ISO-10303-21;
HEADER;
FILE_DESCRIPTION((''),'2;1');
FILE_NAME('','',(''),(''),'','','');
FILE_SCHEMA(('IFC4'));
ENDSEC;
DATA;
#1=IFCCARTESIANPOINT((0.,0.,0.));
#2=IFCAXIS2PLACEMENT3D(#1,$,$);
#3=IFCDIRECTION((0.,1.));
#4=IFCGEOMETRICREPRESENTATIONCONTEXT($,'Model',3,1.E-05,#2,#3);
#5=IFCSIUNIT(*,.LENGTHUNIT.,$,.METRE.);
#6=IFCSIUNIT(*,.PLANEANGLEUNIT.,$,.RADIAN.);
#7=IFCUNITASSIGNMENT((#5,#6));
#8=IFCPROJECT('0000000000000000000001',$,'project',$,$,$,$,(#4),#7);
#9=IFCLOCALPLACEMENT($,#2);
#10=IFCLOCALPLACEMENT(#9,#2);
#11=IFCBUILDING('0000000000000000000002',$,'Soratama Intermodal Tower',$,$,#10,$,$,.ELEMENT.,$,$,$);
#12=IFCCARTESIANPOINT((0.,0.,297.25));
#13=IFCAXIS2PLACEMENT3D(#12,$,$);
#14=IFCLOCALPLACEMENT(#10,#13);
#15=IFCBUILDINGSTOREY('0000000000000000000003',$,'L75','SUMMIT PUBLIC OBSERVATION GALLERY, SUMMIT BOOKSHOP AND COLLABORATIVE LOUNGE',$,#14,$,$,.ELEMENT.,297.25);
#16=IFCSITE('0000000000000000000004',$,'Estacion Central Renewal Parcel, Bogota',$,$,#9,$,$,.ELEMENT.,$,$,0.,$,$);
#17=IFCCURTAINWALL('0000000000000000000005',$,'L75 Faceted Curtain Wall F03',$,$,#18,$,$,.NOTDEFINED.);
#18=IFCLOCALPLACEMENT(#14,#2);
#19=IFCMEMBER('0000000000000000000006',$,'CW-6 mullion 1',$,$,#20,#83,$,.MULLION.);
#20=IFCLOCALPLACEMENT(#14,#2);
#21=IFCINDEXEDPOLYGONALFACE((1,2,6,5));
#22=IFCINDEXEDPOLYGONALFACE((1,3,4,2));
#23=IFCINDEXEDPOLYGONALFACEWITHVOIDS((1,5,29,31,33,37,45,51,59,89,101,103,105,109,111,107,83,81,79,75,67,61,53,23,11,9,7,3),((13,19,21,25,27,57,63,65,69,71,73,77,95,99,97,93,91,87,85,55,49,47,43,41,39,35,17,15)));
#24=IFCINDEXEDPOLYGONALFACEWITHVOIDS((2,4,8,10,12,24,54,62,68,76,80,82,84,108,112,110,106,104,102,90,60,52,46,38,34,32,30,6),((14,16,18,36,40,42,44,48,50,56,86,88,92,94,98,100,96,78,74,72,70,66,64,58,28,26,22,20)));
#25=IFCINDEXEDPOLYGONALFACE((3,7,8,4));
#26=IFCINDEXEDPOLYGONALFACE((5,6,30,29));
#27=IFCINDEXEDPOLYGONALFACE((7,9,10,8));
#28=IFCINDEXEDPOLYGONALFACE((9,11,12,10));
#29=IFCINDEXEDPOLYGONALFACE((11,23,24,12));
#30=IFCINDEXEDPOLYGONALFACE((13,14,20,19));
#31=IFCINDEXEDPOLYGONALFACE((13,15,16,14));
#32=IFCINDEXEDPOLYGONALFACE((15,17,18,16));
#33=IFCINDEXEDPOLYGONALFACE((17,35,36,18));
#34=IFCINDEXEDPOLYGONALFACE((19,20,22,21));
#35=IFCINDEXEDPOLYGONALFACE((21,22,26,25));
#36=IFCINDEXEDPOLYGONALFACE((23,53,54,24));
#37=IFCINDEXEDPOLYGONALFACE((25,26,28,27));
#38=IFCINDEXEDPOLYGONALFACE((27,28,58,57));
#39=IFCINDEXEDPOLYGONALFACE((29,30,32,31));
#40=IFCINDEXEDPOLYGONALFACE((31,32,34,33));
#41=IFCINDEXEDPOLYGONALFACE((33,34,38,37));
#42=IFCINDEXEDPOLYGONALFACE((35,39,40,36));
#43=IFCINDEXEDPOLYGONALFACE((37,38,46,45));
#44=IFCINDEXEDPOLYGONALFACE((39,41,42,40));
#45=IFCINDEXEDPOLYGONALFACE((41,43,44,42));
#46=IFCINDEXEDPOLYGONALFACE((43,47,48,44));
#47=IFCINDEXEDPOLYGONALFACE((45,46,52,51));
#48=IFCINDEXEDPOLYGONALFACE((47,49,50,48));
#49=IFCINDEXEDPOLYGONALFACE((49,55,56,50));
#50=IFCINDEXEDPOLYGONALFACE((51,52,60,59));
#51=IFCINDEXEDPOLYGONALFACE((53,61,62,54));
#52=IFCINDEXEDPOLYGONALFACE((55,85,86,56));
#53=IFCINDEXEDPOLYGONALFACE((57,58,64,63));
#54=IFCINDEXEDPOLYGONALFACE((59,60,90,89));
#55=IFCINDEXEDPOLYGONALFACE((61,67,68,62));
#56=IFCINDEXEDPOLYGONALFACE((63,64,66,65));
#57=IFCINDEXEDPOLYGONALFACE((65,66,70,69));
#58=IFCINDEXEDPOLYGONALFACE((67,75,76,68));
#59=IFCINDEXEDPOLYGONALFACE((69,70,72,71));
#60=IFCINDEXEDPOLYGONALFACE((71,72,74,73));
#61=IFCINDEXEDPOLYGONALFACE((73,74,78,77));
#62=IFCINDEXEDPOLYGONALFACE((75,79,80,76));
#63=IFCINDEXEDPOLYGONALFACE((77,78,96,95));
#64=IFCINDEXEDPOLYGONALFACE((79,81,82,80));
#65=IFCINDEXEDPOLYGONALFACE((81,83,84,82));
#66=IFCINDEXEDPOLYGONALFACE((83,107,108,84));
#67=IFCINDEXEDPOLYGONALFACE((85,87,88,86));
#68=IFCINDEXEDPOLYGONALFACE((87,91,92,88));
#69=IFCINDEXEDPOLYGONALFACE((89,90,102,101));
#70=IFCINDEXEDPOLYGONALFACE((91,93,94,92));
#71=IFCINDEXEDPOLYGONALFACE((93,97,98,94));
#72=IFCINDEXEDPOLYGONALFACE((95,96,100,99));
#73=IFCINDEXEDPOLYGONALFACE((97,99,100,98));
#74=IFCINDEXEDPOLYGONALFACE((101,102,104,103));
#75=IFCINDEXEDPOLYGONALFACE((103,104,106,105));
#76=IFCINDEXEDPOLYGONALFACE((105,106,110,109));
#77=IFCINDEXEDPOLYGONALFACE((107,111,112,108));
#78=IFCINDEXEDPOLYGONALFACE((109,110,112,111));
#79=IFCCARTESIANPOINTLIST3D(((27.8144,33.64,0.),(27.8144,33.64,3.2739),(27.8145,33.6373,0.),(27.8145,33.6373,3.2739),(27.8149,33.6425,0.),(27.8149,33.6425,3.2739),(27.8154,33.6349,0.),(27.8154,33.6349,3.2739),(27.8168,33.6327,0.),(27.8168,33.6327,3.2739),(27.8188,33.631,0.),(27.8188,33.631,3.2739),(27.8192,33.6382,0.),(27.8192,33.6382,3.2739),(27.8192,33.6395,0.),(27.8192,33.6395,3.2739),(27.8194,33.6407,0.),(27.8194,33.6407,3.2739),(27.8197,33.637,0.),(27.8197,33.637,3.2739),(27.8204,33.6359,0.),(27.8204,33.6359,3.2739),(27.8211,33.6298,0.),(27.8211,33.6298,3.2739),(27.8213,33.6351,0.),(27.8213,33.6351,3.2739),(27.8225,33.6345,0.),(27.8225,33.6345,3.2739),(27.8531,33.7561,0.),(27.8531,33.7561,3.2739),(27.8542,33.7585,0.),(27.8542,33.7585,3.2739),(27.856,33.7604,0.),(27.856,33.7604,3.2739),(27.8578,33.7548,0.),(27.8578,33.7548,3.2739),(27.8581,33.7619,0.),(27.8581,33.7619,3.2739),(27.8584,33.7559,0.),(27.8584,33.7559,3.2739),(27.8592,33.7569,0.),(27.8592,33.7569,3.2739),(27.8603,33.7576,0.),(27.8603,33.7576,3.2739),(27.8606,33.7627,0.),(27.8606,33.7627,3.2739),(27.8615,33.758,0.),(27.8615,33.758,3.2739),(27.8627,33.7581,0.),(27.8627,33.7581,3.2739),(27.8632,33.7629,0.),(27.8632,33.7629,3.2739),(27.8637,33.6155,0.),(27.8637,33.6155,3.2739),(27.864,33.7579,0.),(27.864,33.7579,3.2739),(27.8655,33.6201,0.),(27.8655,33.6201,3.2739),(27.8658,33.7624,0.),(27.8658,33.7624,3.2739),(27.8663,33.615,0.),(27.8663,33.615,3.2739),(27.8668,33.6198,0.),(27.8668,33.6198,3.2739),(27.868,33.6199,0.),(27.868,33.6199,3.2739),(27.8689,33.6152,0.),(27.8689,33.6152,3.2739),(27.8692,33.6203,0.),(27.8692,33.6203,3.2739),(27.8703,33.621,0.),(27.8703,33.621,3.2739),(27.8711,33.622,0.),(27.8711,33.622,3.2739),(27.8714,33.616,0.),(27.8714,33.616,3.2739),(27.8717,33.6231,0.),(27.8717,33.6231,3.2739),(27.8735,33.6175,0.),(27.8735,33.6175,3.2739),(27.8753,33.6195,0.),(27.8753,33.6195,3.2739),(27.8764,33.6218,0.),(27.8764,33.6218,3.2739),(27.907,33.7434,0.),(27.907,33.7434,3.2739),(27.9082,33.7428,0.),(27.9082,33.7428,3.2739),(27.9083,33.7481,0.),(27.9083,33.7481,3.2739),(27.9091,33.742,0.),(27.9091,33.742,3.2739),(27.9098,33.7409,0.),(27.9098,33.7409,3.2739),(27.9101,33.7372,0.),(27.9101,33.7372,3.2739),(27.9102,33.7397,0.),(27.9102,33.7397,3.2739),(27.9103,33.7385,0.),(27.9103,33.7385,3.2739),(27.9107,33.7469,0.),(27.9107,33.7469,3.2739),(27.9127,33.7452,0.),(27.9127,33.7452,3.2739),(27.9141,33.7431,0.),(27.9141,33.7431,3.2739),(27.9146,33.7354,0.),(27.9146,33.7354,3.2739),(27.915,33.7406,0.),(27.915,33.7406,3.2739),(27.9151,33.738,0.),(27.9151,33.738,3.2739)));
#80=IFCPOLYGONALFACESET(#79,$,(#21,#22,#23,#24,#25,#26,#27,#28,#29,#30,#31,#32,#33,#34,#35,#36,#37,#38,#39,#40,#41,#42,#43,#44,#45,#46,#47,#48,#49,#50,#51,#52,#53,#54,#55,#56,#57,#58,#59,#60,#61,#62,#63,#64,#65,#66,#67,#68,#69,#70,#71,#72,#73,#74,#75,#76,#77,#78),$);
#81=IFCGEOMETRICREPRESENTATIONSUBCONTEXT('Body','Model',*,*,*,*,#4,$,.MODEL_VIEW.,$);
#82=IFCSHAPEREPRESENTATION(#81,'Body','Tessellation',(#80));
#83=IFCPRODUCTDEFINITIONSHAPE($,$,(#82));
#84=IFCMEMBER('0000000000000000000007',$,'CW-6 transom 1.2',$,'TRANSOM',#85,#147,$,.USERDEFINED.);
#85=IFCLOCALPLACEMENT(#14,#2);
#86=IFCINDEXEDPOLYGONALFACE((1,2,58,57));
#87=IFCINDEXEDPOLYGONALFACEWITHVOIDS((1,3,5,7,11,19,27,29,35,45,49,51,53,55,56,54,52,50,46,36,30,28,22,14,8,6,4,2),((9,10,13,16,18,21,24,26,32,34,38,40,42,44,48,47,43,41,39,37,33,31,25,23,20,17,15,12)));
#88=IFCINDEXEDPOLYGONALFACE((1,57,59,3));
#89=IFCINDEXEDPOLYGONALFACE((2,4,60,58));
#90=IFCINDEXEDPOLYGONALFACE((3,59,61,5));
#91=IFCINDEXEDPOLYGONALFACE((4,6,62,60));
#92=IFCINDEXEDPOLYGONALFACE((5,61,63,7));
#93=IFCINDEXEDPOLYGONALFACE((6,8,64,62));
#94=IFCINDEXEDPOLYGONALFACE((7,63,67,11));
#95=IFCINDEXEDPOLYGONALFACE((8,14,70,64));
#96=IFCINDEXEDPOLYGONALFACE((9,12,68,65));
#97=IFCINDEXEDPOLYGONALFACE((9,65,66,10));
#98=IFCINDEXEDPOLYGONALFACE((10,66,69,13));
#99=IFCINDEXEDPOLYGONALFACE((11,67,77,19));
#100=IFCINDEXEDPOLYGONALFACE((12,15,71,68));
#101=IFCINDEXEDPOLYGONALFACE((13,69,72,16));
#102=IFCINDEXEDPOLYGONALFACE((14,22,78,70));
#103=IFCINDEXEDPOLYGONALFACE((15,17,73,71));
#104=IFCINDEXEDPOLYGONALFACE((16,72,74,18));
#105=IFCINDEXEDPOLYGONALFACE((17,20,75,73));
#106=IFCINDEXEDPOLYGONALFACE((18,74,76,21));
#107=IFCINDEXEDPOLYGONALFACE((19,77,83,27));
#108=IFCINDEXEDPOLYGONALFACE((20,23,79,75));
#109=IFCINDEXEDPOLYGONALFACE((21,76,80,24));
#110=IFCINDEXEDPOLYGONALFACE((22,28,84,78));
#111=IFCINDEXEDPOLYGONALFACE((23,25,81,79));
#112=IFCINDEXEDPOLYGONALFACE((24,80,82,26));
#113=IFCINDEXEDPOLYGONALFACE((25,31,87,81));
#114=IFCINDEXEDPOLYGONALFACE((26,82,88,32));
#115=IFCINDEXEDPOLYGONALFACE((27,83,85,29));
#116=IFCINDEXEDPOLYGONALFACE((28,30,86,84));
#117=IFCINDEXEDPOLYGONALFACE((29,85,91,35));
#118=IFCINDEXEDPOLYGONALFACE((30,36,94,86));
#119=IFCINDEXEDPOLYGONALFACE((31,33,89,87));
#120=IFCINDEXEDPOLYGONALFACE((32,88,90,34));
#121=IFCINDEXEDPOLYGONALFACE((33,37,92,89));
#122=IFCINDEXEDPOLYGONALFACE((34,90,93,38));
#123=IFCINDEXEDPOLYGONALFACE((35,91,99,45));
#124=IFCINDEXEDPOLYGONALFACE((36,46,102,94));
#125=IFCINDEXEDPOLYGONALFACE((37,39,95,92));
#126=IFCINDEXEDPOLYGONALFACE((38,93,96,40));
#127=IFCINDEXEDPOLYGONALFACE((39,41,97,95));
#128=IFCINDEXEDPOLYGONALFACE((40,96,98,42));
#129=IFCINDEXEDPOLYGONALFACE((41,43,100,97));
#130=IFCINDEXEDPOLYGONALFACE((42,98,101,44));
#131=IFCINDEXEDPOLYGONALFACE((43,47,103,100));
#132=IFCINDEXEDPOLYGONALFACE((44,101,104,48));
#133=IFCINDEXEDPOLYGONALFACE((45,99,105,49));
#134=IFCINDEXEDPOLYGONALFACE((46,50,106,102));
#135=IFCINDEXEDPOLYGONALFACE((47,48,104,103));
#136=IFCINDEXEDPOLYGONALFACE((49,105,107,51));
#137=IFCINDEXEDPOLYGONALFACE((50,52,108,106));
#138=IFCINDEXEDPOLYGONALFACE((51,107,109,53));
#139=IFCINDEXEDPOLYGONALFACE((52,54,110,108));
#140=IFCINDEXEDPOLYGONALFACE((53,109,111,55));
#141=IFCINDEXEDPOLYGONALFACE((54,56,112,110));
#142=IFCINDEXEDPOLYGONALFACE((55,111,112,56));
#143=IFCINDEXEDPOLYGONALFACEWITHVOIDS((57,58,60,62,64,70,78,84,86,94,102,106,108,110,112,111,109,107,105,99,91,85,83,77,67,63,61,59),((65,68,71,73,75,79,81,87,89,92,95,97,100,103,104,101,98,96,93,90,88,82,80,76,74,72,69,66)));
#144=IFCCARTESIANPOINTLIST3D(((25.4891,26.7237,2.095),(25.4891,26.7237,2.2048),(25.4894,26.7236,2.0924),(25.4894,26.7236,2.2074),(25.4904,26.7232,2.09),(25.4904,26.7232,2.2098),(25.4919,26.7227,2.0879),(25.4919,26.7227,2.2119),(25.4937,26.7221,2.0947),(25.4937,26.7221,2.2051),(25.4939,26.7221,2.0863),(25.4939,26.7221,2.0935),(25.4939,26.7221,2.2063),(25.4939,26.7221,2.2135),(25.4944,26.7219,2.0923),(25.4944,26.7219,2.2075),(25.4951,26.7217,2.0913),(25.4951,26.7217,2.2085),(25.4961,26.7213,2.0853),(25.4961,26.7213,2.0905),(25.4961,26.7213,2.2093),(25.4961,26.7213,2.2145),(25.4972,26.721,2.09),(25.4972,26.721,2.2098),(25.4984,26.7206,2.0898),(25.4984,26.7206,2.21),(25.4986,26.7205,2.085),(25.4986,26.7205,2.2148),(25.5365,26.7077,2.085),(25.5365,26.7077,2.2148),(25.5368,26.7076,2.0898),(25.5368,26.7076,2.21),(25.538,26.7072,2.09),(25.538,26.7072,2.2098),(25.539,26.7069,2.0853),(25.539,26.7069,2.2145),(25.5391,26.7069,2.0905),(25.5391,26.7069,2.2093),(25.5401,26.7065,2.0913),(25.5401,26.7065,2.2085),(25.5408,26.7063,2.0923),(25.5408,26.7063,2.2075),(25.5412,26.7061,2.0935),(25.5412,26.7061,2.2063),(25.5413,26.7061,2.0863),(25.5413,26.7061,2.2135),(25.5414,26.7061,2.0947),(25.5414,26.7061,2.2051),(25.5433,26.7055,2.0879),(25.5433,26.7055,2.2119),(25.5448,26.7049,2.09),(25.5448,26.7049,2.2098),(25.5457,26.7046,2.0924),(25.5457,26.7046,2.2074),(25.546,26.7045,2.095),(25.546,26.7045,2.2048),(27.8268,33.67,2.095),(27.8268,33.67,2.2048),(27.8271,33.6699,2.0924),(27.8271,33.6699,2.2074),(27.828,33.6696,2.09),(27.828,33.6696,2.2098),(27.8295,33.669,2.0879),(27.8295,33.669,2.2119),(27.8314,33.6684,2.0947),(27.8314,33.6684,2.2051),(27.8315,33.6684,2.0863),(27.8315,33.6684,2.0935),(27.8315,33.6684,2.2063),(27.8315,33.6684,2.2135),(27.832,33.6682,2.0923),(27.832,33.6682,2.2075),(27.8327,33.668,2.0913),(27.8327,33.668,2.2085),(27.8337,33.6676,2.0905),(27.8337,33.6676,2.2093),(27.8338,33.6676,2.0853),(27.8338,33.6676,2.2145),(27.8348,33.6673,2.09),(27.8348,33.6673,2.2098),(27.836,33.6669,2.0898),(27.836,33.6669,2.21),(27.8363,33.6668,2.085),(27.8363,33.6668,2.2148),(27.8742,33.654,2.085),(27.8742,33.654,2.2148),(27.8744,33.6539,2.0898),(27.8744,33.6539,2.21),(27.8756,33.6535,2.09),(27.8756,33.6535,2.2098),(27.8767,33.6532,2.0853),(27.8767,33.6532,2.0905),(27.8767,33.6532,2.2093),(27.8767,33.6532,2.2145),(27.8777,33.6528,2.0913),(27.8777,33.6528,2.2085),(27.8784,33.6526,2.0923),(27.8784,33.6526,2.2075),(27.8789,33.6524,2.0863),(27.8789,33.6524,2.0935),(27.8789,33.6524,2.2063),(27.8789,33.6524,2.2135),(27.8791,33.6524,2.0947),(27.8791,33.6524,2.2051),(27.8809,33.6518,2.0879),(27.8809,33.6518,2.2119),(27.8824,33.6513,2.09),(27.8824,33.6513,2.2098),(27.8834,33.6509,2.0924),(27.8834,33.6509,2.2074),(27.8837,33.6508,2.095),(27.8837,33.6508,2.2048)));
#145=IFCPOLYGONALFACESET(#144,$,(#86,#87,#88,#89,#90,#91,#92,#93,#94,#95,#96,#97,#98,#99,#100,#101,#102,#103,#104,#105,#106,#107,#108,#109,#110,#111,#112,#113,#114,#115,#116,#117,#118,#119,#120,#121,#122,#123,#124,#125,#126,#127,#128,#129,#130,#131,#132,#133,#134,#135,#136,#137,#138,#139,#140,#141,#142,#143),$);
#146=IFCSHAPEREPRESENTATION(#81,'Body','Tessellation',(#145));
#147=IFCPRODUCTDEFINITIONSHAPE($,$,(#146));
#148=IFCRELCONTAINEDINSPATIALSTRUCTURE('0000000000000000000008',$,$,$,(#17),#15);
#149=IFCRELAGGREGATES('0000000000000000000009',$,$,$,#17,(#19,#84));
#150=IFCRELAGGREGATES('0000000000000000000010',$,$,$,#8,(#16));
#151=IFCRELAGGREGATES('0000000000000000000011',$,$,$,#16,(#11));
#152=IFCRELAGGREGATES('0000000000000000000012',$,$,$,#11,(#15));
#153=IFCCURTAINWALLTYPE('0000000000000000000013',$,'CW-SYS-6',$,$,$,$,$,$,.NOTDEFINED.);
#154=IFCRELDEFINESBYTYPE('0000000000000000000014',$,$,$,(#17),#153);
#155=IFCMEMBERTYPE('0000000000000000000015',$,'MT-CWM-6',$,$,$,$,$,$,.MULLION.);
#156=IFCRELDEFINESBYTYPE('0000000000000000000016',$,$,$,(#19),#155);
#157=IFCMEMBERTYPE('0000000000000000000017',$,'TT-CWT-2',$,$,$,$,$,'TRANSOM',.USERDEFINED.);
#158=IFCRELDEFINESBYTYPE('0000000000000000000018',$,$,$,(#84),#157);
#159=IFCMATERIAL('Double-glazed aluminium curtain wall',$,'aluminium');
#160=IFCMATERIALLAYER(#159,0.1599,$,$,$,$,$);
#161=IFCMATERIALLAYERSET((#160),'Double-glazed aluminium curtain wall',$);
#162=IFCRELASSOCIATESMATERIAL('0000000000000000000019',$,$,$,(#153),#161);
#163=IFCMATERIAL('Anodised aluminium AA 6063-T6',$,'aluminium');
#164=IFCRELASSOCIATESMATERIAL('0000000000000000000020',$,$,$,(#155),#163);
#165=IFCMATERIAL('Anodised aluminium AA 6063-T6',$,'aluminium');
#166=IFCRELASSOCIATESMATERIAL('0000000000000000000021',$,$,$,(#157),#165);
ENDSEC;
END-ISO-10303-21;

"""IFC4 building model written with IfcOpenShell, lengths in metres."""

from ifc_helpers import new_model, si_unit, direction, frame, origin, origin_2d, place, context, subcontext, project, spatial, hollow_rectangle, extrude, material, layer, layer_set, material_profile, profile_set, type_object, element, aggregate, save


model = new_model("IFC4")

# Units and contexts
model_context = context("Model", 3, precision=1e-05, world=origin(), true_north=direction((0.0, 1.0)))
body_context = subcontext(model_context, "Body", "Model", "MODEL_VIEW")
ifc_project = project(units=[si_unit("LENGTHUNIT", "METRE"), si_unit("PLANEANGLEUNIT", "RADIAN")], contexts=[model_context])

# Site, building, storey
site_placement = place(None, origin())
site = spatial("IfcSite", under=ifc_project, at=site_placement, Name="Estacion Central Renewal Parcel, Bogota", CompositionType="ELEMENT", RefElevation=0.0)
building_placement = place(site_placement, origin())
building = spatial("IfcBuilding", under=site, at=building_placement, Name="Soratama Intermodal Tower", CompositionType="ELEMENT")
storey_placement = place(building_placement, frame((0.0, 0.0, 297.25)))
storey = spatial("IfcBuildingStorey", under=building, at=storey_placement, Name="L75", Description="SUMMIT PUBLIC OBSERVATION GALLERY, SUMMIT BOOKSHOP AND COLLABORATIVE LOUNGE", CompositionType="ELEMENT", Elevation=297.25)

# Shared definitions
ifc_material_1 = material(Name="Double-glazed aluminium curtain wall", Category="aluminium")
ifc_layer_1 = layer(ifc_material_1, 0.1599)
ifc_layer_set_1 = layer_set([ifc_layer_1], Name="Double-glazed aluminium curtain wall")
curtain_wall_type = type_object("IfcCurtainWallType", Name="CW-SYS-6", PredefinedType="NOTDEFINED", material=ifc_layer_set_1)
ifc_material_2 = material(Name="Anodised aluminium AA 6063-T6", Category="aluminium")
ifc_material_profile_1 = material_profile(ifc_material_2, hollow_rectangle(XDim=0.0649, YDim=0.1399, WallThickness=0.0049, InnerFilletRadius=0.0049, OuterFilletRadius=0.01, at=origin_2d()), Name="CWM140X65X5")
ifc_profile_set_1 = profile_set([ifc_material_profile_1], Name="Anodised aluminium AA 6063-T6")
member_type_1 = type_object("IfcMemberType", Name="MT-CWM-6", PredefinedType="MULLION", material=ifc_profile_set_1)

# Curtain wall, members
curtain_wall_1_placement = place(storey_placement, origin())
curtain_wall_1 = element("IfcCurtainWall", 1, at=curtain_wall_1_placement, inside=storey, type_object=curtain_wall_type, Name="L75 Faceted Curtain Wall F03", PredefinedType="NOTDEFINED")
member_1_placement = place(storey_placement, frame((27.8647, 33.689, 0.0), z_axis=(0.0, 0.0, 1.0), x_axis=(0.947768, -0.318961, 0.0)))
member_1 = element("IfcMember", 2, at=member_1_placement, type_object=member_type_1, Name="CW-6 mullion 1", PredefinedType="MULLION", context=body_context, shape_type="SweptSolid", body=[
    extrude(hollow_rectangle(XDim=0.0649, YDim=0.1399, WallThickness=0.0049, InnerFilletRadius=0.0049, OuterFilletRadius=0.01, at=origin_2d()), origin(), (0.0, 0.0, 1.0), 3.2739),
])
ifc_material_3 = material(Name="Anodised aluminium AA 6063-T6", Category="aluminium")
ifc_material_profile_2 = material_profile(ifc_material_3, hollow_rectangle(XDim=0.0601, YDim=0.1299, WallThickness=0.0049, InnerFilletRadius=0.0049, OuterFilletRadius=0.01, at=origin_2d()), Name="CWT130X60X5")
ifc_profile_set_2 = profile_set([ifc_material_profile_2], Name="Anodised aluminium AA 6063-T6")
member_type_2 = type_object("IfcMemberType", Name="TT-CWT-2", ElementType="TRANSOM", PredefinedType="USERDEFINED", material=ifc_profile_set_2)
member_2_placement = place(storey_placement, frame((27.8552, 33.6604, 2.1499), z_axis=(-0.318955, -0.94777, 0.0), x_axis=(0.94777, -0.318955, 0.0)))
member_2 = element("IfcMember", 3, at=member_2_placement, type_object=member_type_2, Name="CW-6 transom 1.2", ObjectType="TRANSOM", PredefinedType="USERDEFINED", context=body_context, shape_type="SweptSolid", body=[
    extrude(hollow_rectangle(XDim=0.0601, YDim=0.1299, WallThickness=0.0049, InnerFilletRadius=0.0049, OuterFilletRadius=0.01, at=origin_2d()), origin(), (0.0, 0.0, 1.0), 7.3291),
])
aggregate(curtain_wall_1, [member_1, member_2])

save(model, "model.ifc")
